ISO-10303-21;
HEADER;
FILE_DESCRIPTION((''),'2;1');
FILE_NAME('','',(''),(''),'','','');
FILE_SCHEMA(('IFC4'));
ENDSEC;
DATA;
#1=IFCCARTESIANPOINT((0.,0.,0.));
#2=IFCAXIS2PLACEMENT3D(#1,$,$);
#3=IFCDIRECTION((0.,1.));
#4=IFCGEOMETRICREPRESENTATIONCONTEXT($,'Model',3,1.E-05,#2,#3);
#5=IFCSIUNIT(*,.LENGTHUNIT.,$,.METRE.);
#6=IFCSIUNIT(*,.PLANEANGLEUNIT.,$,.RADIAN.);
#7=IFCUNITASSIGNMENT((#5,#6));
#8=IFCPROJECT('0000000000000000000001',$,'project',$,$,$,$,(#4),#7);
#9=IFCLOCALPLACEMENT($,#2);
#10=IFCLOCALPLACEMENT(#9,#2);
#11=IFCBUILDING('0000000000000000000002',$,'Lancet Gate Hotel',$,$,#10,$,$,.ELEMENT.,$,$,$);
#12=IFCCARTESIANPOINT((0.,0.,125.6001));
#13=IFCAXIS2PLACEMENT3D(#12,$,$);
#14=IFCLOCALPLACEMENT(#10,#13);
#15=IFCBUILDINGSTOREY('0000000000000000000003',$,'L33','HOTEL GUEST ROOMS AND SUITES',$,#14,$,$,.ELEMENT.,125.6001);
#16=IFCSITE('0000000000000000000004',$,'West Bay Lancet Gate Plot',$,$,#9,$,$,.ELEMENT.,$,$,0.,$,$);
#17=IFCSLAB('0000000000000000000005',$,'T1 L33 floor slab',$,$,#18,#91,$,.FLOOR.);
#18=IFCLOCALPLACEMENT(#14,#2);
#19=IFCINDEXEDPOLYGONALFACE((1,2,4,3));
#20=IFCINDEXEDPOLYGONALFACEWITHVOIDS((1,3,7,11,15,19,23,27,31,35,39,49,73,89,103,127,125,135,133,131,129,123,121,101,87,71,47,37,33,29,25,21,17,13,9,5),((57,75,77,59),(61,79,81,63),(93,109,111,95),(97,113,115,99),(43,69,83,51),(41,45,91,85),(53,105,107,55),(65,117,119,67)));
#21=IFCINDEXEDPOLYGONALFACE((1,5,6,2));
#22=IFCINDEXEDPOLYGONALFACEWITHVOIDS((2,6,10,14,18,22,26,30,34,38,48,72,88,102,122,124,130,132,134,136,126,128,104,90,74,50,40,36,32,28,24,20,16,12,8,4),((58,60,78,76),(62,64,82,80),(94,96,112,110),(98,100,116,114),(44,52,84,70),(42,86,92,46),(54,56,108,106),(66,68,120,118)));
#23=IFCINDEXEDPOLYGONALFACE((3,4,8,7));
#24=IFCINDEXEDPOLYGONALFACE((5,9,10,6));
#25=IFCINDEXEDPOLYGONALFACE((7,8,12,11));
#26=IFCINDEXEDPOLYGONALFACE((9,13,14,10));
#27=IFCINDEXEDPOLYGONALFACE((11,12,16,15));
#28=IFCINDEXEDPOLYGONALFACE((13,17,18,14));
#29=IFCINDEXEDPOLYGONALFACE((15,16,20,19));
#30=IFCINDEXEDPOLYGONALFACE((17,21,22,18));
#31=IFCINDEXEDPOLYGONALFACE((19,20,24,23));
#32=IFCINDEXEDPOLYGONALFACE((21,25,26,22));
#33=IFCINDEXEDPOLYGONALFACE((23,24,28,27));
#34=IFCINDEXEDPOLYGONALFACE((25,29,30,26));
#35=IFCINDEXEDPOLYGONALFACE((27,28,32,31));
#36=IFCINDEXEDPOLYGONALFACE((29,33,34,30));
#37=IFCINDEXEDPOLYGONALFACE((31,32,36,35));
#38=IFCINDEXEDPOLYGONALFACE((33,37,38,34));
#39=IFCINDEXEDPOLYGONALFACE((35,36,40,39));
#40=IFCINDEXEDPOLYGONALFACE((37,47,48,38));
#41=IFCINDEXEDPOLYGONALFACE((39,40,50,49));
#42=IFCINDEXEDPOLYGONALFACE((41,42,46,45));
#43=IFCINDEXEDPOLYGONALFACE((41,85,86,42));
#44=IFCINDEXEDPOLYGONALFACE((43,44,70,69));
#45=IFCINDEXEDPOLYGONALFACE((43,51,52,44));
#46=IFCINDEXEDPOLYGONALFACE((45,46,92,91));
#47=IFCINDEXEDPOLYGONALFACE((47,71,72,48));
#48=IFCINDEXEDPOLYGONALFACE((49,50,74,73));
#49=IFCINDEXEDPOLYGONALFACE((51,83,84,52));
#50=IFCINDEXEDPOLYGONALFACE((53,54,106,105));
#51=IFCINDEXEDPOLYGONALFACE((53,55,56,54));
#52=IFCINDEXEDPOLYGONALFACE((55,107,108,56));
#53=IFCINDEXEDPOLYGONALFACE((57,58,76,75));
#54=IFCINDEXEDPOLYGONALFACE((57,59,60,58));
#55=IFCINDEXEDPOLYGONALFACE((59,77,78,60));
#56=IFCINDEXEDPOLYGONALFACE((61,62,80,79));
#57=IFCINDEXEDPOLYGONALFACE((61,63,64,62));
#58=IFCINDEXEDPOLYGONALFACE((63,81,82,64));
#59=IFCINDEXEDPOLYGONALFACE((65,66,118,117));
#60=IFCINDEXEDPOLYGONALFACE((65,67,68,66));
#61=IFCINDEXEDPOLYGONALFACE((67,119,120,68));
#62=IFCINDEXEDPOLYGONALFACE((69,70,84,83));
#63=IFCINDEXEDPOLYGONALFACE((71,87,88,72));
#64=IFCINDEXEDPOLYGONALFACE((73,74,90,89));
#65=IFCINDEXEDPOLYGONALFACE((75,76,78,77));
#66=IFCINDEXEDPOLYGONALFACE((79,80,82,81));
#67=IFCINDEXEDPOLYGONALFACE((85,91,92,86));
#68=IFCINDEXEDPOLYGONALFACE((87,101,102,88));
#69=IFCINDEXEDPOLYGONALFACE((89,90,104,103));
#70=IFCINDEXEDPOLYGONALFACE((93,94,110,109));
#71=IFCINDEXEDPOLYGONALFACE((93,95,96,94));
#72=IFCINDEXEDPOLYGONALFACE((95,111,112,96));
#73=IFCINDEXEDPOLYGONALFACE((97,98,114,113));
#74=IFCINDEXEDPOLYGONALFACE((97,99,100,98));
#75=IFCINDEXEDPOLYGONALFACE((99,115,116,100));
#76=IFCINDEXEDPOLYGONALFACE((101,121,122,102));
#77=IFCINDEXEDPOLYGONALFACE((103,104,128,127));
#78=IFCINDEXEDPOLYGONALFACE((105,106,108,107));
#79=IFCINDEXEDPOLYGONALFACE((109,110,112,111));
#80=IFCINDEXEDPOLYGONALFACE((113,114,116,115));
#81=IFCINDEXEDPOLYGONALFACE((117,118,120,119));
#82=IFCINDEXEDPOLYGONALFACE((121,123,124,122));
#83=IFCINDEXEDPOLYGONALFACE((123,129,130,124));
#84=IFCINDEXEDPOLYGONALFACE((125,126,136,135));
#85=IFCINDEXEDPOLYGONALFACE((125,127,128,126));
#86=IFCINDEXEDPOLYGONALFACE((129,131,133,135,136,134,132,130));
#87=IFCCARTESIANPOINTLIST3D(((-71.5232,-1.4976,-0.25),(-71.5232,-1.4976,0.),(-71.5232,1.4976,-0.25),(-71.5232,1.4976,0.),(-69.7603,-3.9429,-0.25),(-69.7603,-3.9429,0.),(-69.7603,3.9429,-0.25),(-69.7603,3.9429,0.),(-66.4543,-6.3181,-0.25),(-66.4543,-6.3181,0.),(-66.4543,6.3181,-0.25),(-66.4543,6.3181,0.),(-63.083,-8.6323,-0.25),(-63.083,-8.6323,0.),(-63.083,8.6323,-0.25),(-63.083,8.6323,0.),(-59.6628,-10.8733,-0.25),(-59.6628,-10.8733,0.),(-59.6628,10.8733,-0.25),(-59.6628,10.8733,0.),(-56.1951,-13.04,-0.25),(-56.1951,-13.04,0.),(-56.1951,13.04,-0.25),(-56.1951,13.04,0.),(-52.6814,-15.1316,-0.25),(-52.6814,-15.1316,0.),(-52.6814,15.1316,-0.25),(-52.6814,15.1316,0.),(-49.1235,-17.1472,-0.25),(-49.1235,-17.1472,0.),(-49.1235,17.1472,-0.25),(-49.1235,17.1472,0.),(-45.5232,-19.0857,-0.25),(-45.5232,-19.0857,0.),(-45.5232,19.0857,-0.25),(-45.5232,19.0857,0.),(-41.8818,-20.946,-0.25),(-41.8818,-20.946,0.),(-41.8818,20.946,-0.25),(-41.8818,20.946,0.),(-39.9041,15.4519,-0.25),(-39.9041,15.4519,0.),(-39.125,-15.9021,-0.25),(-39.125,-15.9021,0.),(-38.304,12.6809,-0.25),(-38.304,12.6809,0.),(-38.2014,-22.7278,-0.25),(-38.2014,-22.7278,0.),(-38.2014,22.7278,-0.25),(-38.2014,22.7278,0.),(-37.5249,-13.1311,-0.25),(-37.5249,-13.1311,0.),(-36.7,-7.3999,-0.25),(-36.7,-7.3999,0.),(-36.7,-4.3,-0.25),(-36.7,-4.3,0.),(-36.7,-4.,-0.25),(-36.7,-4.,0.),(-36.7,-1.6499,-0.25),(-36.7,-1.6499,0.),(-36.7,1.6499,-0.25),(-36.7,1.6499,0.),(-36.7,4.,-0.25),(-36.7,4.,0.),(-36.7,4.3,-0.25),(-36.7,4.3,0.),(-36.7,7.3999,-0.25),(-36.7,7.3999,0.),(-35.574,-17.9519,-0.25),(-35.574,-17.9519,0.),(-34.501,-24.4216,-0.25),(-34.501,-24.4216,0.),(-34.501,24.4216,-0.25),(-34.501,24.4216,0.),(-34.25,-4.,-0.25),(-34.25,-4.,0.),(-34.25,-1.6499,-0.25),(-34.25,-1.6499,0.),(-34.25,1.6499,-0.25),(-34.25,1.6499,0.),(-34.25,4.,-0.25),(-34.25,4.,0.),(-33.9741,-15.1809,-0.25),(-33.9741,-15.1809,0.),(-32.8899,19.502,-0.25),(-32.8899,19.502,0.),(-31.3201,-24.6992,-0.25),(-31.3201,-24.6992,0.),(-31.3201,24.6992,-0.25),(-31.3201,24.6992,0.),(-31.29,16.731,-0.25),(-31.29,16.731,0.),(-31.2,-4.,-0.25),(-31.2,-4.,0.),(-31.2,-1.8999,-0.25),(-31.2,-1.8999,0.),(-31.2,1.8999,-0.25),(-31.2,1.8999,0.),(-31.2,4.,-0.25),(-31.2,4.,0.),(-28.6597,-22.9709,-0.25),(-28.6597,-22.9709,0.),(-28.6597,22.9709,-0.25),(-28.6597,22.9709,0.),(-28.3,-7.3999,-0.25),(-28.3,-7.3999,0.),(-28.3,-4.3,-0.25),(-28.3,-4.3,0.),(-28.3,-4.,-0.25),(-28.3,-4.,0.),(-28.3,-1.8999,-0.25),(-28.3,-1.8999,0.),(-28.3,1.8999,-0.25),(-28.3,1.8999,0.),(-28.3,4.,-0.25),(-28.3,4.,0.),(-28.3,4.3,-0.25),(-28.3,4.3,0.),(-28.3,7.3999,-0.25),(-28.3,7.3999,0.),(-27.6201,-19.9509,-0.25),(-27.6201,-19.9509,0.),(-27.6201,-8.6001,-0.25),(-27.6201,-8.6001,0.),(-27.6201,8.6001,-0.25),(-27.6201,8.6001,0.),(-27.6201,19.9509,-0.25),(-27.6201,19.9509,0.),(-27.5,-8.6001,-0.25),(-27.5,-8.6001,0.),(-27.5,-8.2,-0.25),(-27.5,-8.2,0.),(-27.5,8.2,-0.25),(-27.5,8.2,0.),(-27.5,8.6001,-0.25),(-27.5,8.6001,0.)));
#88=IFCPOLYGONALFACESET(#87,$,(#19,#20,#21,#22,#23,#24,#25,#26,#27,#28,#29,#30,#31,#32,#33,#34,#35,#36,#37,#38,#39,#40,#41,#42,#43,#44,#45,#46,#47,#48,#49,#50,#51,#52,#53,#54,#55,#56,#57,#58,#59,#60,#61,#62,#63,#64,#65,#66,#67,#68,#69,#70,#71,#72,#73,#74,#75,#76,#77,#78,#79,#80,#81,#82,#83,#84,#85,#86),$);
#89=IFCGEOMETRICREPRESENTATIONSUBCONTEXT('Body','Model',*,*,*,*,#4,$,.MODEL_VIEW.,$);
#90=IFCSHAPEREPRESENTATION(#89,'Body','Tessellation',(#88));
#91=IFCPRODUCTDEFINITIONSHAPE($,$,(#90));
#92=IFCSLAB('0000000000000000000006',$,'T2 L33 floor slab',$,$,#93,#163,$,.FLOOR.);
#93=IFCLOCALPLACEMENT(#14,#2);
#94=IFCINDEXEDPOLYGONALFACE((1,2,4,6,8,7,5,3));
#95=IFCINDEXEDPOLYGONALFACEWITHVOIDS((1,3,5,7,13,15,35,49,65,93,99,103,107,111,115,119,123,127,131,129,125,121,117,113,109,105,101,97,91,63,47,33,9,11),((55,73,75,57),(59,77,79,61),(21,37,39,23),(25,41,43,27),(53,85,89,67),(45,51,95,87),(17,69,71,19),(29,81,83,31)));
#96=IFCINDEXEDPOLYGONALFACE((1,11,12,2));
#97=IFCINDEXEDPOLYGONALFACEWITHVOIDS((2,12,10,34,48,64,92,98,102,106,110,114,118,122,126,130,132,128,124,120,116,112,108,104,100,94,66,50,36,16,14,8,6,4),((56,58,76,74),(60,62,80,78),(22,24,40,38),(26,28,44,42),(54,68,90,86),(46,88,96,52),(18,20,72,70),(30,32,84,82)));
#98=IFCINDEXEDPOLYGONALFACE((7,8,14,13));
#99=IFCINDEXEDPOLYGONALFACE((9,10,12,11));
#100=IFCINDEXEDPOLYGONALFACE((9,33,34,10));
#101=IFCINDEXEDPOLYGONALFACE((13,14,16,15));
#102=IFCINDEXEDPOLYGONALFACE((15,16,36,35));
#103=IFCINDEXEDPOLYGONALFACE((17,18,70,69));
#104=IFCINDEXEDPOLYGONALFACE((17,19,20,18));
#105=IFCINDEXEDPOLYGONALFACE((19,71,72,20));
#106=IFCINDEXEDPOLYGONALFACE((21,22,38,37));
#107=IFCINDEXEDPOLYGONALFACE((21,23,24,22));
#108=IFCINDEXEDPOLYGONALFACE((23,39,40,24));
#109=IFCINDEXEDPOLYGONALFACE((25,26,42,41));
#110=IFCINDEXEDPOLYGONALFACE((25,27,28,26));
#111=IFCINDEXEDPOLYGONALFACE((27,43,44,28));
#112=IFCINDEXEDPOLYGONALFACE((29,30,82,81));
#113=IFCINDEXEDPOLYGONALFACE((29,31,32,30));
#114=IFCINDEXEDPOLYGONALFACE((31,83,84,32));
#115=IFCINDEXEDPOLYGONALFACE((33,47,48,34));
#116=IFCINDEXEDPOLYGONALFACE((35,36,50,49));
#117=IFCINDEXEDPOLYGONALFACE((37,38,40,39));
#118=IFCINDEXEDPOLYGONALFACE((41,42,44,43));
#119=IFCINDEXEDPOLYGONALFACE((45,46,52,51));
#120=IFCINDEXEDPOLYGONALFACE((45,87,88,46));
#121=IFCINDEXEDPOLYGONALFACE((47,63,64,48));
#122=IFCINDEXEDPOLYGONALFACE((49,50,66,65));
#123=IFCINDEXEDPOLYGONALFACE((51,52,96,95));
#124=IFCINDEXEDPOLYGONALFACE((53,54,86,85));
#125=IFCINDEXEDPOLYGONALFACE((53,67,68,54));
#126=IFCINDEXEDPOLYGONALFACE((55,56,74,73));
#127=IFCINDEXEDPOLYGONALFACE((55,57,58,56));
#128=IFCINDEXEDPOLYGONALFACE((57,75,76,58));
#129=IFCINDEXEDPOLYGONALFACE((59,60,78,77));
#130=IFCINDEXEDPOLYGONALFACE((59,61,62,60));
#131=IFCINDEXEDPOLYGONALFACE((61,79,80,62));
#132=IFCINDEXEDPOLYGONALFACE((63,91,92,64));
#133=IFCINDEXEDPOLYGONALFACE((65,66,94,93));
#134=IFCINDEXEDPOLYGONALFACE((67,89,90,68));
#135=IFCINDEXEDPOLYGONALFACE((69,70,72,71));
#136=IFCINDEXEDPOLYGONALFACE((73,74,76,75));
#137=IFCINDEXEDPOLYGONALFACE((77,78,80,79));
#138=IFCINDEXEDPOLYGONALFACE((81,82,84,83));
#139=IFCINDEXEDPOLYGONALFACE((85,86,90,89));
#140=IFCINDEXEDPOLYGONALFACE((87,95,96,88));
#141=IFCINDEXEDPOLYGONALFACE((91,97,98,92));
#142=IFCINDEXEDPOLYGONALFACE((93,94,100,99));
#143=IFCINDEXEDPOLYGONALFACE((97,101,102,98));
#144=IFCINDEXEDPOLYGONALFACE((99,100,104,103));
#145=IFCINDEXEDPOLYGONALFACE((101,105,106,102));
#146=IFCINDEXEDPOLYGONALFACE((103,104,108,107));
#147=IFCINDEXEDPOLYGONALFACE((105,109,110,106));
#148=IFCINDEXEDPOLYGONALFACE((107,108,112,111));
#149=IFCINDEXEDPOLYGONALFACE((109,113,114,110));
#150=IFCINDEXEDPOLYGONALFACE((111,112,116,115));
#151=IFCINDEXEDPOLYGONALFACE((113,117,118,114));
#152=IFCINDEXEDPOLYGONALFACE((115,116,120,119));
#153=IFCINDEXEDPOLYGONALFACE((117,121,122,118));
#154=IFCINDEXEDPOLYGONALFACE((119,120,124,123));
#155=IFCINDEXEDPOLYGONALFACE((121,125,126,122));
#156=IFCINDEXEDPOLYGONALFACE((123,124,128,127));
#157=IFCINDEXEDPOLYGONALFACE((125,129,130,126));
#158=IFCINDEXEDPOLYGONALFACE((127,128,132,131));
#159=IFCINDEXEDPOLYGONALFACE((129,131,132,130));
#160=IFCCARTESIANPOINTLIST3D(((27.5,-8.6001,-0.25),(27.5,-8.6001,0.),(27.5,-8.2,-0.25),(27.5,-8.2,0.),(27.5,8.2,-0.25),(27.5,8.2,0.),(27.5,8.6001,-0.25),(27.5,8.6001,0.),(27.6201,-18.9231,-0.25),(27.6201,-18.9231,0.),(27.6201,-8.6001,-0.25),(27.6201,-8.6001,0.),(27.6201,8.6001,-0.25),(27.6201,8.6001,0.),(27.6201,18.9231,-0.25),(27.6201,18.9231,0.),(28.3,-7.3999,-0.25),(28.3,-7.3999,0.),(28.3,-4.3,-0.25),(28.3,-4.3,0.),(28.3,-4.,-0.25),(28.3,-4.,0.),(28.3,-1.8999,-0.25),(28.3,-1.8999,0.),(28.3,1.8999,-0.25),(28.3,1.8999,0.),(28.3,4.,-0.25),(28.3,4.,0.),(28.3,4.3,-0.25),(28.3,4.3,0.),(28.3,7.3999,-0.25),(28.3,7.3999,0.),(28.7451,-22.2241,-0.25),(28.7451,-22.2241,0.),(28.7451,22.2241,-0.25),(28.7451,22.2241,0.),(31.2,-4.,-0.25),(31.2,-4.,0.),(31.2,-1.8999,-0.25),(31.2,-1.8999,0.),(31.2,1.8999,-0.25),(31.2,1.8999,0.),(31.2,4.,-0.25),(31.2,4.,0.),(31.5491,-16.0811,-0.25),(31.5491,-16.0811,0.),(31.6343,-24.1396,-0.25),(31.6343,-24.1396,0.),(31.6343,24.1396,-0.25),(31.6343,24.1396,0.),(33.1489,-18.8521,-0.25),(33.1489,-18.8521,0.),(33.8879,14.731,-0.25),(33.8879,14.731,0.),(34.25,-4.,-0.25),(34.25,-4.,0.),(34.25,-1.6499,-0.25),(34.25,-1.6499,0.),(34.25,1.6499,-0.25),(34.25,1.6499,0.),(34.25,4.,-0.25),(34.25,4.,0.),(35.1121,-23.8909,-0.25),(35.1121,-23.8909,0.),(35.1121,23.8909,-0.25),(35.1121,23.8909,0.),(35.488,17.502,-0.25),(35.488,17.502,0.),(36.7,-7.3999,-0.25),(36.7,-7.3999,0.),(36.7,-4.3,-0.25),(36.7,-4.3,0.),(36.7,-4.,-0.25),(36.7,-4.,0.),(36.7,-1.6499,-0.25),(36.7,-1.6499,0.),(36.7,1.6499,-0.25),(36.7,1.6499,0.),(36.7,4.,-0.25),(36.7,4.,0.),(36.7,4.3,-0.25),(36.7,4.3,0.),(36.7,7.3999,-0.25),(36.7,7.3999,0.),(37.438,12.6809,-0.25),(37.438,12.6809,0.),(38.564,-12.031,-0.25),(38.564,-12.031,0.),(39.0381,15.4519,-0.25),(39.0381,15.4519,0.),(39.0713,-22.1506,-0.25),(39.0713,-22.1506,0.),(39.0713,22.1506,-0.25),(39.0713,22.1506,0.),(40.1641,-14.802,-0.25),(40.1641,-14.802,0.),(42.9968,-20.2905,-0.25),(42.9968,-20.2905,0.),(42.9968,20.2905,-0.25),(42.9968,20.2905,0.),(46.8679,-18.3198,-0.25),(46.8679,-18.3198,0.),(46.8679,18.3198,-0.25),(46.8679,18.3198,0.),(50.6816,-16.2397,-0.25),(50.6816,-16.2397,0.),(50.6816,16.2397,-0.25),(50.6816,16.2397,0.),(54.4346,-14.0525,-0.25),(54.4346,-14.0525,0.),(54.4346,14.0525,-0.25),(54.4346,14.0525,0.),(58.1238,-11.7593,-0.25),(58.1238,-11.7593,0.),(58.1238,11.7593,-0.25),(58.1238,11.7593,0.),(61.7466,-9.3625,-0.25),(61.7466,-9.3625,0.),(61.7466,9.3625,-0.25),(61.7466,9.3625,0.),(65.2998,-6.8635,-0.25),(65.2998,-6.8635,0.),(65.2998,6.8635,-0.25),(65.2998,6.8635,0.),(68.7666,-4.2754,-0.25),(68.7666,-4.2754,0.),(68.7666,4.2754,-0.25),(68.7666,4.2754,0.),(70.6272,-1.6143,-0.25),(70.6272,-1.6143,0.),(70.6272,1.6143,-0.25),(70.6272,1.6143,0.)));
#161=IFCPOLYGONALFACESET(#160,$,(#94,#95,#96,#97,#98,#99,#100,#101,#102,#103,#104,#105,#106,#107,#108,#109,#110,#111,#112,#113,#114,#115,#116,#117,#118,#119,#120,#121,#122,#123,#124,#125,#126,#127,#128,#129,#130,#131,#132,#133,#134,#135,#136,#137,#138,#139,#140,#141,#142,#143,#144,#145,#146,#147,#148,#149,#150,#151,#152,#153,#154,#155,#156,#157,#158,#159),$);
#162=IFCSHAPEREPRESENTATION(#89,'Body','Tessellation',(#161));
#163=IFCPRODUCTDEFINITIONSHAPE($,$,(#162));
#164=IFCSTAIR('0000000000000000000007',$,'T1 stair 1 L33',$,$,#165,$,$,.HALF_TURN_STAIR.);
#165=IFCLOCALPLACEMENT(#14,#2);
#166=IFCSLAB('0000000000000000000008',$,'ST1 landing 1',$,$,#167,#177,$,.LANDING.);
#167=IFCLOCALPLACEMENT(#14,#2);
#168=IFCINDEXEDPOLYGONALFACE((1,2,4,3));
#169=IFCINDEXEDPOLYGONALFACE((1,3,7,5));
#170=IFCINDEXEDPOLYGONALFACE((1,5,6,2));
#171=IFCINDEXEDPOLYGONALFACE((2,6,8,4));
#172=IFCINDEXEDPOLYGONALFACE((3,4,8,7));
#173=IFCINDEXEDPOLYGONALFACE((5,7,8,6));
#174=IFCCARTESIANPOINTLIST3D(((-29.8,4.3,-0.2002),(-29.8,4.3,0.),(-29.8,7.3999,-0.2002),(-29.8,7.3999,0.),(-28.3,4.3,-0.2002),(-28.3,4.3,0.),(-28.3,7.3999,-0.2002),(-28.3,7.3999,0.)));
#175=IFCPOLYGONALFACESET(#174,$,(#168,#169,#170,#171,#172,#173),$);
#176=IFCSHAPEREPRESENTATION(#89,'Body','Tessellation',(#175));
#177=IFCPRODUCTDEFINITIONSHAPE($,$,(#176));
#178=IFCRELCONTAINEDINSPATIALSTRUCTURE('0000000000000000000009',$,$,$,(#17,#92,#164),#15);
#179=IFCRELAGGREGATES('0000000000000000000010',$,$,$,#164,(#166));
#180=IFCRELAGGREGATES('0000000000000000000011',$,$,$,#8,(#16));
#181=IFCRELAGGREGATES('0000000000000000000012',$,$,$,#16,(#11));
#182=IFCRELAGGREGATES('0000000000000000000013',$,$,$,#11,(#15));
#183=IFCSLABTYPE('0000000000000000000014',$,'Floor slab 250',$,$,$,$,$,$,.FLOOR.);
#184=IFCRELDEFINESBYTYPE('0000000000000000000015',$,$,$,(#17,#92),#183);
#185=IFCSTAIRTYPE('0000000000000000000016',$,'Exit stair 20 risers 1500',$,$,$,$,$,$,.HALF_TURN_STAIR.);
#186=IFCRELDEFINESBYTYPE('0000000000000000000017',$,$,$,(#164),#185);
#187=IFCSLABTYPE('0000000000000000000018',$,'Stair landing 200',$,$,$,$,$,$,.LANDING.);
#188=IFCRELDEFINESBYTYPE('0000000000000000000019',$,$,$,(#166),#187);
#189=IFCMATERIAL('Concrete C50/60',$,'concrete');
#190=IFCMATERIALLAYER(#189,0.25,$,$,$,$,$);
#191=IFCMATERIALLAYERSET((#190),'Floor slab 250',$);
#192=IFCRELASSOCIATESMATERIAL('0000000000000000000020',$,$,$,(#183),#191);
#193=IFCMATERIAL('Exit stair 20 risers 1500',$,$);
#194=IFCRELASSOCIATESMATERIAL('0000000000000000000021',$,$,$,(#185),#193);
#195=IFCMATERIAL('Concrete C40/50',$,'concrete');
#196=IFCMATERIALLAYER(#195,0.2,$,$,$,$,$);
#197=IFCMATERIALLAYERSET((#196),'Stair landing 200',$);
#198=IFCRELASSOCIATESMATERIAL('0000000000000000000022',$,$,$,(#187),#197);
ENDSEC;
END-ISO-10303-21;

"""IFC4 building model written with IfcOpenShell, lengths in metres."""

from ifc_helpers import new_model, si_unit, direction, frame, origin, place, context, subcontext, project, spatial, polyline, outline, extrude, material, layer, layer_set, type_object, element, aggregate, save


model = new_model("IFC4")

# Units and contexts
model_context = context("Model", 3, precision=1e-05, world=origin(), true_north=direction((0.0, 1.0)))
body_context = subcontext(model_context, "Body", "Model", "MODEL_VIEW")
ifc_project = project(units=[si_unit("LENGTHUNIT", "METRE"), si_unit("PLANEANGLEUNIT", "RADIAN")], contexts=[model_context])

# Site, building, storey
site_placement = place(None, origin())
site = spatial("IfcSite", under=ifc_project, at=site_placement, Name="West Bay Lancet Gate Plot", CompositionType="ELEMENT", RefElevation=0.0)
building_placement = place(site_placement, origin())
building = spatial("IfcBuilding", under=site, at=building_placement, Name="Lancet Gate Hotel", CompositionType="ELEMENT")
storey_placement = place(building_placement, frame((0.0, 0.0, 125.6001)))
storey = spatial("IfcBuildingStorey", under=building, at=storey_placement, Name="L33", Description="HOTEL GUEST ROOMS AND SUITES", CompositionType="ELEMENT", Elevation=125.6001)

# Slabs
ifc_material_1 = material(Name="Concrete C50/60", Category="concrete")
ifc_layer_1 = layer(ifc_material_1, 0.25)
ifc_layer_set_1 = layer_set([ifc_layer_1], Name="Floor slab 250")
slab_type_1 = type_object("IfcSlabType", Name="Floor slab 250", PredefinedType="FLOOR", material=ifc_layer_set_1)
slab_1_placement = place(storey_placement, frame((0.0, 0.0, -0.25)))
element("IfcSlab", 1, at=slab_1_placement, inside=storey, type_object=slab_type_1, Name="T1 L33 floor slab", PredefinedType="FLOOR", context=body_context, shape_type="SweptSolid", body=[
    extrude(outline(polyline([(-27.5, 8.6001), (-27.6201, 8.6001), (-27.6201, 19.9509), (-28.6597, 22.9709), (-31.3201, 24.6992), (-34.501, 24.4216), (-38.2014, 22.7278), (-41.8818, 20.946), (-45.5232, 19.0857), (-49.1235, 17.1472), (-52.6814, 15.1316), (-56.1951, 13.04), (-59.6628, 10.8733), (-63.083, 8.6323), (-66.4543, 6.3181), (-69.7603, 3.9429), (-71.5232, 1.4976), (-71.5232, -1.4976), (-69.7603, -3.9429), (-66.4543, -6.3181), (-63.083, -8.6323), (-59.6628, -10.8733), (-56.1951, -13.04), (-52.6814, -15.1316), (-49.1235, -17.1472), (-45.5232, -19.0857), (-41.8818, -20.946), (-38.2014, -22.7278), (-34.501, -24.4216), (-31.3201, -24.6992), (-28.6597, -22.9709), (-27.6201, -19.9509), (-27.6201, -8.6001), (-27.5, -8.6001), (-27.5, -8.2), (-27.5, 8.2), (-27.5, 8.6001)]), holes=[polyline([(-36.7, 7.3999), (-36.7, 4.3), (-28.3, 4.3), (-28.3, 7.3999), (-36.7, 7.3999)]), polyline([(-28.3, 4.0), (-31.2, 4.0), (-31.2, 1.8999), (-28.3, 1.8999), (-28.3, 4.0)]), polyline([(-34.25, 4.0), (-36.7, 4.0), (-36.7, 1.6499), (-34.25, 1.6499), (-34.25, 4.0)]), polyline([(-36.7, -1.6499), (-36.7, -4.0), (-34.25, -4.0), (-34.25, -1.6499), (-36.7, -1.6499)]), polyline([(-28.3, -1.8999), (-31.2, -1.8999), (-31.2, -4.0), (-28.3, -4.0), (-28.3, -1.8999)]), polyline([(-28.3, -4.3), (-36.7, -4.3), (-36.7, -7.3999), (-28.3, -7.3999), (-28.3, -4.3)]), polyline([(-31.29, 16.731), (-32.8899, 19.502), (-39.9041, 15.4519), (-38.304, 12.6809), (-31.29, 16.731)]), polyline([(-33.9741, -15.1809), (-37.5249, -13.1311), (-39.125, -15.9021), (-35.574, -17.9519), (-33.9741, -15.1809)])]), origin(), (0.0, 0.0, 1.0), 0.25),
])
slab_2_placement = place(storey_placement, frame((0.0, 0.0, -0.25)))
element("IfcSlab", 2, at=slab_2_placement, inside=storey, type_object=slab_type_1, Name="T2 L33 floor slab", PredefinedType="FLOOR", context=body_context, shape_type="SweptSolid", body=[
    extrude(outline(polyline([(27.5, -8.6001), (27.6201, -8.6001), (27.6201, -18.9231), (28.7451, -22.2241), (31.6343, -24.1396), (35.1121, -23.8909), (39.0713, -22.1506), (42.9968, -20.2905), (46.8679, -18.3198), (50.6816, -16.2397), (54.4346, -14.0525), (58.1238, -11.7593), (61.7466, -9.3625), (65.2998, -6.8635), (68.7666, -4.2754), (70.6272, -1.6143), (70.6272, 1.6143), (68.7666, 4.2754), (65.2998, 6.8635), (61.7466, 9.3625), (58.1238, 11.7593), (54.4346, 14.0525), (50.6816, 16.2397), (46.8679, 18.3198), (42.9968, 20.2905), (39.0713, 22.1506), (35.1121, 23.8909), (31.6343, 24.1396), (28.7451, 22.2241), (27.6201, 18.9231), (27.6201, 8.6001), (27.5, 8.6001), (27.5, 8.2), (27.5, -8.2), (27.5, -8.6001)]), holes=[polyline([(36.7, -7.3999), (36.7, -4.3), (28.3, -4.3), (28.3, -7.3999), (36.7, -7.3999)]), polyline([(28.3, -4.0), (31.2, -4.0), (31.2, -1.8999), (28.3, -1.8999), (28.3, -4.0)]), polyline([(34.25, -4.0), (36.7, -4.0), (36.7, -1.6499), (34.25, -1.6499), (34.25, -4.0)]), polyline([(36.7, 1.6499), (36.7, 4.0), (34.25, 4.0), (34.25, 1.6499), (36.7, 1.6499)]), polyline([(28.3, 1.8999), (31.2, 1.8999), (31.2, 4.0), (28.3, 4.0), (28.3, 1.8999)]), polyline([(28.3, 4.3), (36.7, 4.3), (36.7, 7.3999), (28.3, 7.3999), (28.3, 4.3)]), polyline([(31.5491, -16.0811), (33.1489, -18.8521), (40.1641, -14.802), (38.564, -12.031), (31.5491, -16.0811)]), polyline([(33.8879, 14.731), (37.438, 12.6809), (39.0381, 15.4519), (35.488, 17.502), (33.8879, 14.731)])]), origin(), (0.0, 0.0, 1.0), 0.25),
])

# Stair, slab
ifc_material_2 = material(Name="Exit stair 20 risers 1500")
stair_type = type_object("IfcStairType", Name="Exit stair 20 risers 1500", PredefinedType="HALF_TURN_STAIR", material=ifc_material_2)
stair_1_placement = place(storey_placement, origin())
stair_1 = element("IfcStair", 3, at=stair_1_placement, inside=storey, type_object=stair_type, Name="T1 stair 1 L33", PredefinedType="HALF_TURN_STAIR")
ifc_material_3 = material(Name="Concrete C40/50", Category="concrete")
ifc_layer_2 = layer(ifc_material_3, 0.2)
ifc_layer_set_2 = layer_set([ifc_layer_2], Name="Stair landing 200")
slab_type_2 = type_object("IfcSlabType", Name="Stair landing 200", PredefinedType="LANDING", material=ifc_layer_set_2)
slab_3_placement = place(storey_placement, frame((0.0, 0.0, -0.2002)))
slab_3 = element("IfcSlab", 4, at=slab_3_placement, type_object=slab_type_2, Name="ST1 landing 1", PredefinedType="LANDING", context=body_context, shape_type="SweptSolid", body=[
    extrude(outline(polyline([(-28.3, 7.3999), (-29.8, 7.3999), (-29.8, 4.3), (-28.3, 4.3), (-28.3, 7.3999)])), origin(), (0.0, 0.0, 1.0), 0.2002),
])
aggregate(stair_1, [slab_3])

save(model, "model.ifc")
